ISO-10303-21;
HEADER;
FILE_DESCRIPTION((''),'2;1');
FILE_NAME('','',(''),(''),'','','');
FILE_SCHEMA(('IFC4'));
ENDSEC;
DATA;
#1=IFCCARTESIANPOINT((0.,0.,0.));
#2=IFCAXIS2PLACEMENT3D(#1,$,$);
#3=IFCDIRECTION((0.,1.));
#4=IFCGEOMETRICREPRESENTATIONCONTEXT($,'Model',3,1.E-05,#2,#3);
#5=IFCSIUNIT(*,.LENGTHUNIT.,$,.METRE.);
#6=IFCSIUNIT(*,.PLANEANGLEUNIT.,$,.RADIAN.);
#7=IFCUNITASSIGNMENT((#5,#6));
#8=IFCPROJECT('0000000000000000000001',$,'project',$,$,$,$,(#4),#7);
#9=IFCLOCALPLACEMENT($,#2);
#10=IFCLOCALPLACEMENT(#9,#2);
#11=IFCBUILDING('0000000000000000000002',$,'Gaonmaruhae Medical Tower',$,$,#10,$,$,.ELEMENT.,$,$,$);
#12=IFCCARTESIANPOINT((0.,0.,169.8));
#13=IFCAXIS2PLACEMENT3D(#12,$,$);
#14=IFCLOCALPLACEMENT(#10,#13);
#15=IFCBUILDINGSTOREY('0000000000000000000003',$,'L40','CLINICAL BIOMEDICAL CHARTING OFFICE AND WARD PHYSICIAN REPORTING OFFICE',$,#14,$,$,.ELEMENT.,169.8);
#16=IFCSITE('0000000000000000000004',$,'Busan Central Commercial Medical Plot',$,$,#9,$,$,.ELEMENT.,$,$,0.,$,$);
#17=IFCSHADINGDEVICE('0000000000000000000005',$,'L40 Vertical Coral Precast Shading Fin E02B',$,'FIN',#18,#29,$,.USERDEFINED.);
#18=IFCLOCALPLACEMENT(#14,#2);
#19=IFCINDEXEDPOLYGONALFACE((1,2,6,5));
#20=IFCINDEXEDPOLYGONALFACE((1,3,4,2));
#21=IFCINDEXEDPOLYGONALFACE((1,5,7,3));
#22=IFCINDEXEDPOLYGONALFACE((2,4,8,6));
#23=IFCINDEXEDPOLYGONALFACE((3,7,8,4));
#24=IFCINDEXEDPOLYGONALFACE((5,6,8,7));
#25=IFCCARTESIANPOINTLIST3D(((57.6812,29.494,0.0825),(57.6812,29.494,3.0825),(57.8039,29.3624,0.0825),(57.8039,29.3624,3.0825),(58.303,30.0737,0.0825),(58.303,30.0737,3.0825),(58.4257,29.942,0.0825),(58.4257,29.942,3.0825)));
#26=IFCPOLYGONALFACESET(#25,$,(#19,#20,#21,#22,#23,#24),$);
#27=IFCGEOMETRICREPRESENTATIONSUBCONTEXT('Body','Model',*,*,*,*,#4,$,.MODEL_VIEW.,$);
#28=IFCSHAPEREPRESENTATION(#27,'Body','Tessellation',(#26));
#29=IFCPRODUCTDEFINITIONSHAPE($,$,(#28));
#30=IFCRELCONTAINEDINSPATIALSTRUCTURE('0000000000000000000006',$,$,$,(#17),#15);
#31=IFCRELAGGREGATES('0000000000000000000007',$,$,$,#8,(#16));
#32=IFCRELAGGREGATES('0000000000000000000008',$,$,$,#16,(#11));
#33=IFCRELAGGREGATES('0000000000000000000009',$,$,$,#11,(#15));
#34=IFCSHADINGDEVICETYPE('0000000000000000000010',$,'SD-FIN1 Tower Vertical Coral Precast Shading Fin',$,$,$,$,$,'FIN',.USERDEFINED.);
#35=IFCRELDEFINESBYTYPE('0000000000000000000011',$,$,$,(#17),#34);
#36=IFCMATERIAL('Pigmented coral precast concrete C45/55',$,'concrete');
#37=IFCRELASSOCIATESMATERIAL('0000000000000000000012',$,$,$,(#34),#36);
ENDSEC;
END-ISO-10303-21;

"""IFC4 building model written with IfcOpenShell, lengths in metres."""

from ifc_helpers import new_model, si_unit, direction, frame, origin, origin_2d, place, context, subcontext, project, spatial, rectangle, extrude, material, type_object, element, save


model = new_model("IFC4")

# Units and contexts
model_context = context("Model", 3, precision=1e-05, world=origin(), true_north=direction((0.0, 1.0)))
body_context = subcontext(model_context, "Body", "Model", "MODEL_VIEW")
ifc_project = project(units=[si_unit("LENGTHUNIT", "METRE"), si_unit("PLANEANGLEUNIT", "RADIAN")], contexts=[model_context])

# Site, building, storey
site_placement = place(None, origin())
site = spatial("IfcSite", under=ifc_project, at=site_placement, Name="Busan Central Commercial Medical Plot", CompositionType="ELEMENT", RefElevation=0.0)
building_placement = place(site_placement, origin())
building = spatial("IfcBuilding", under=site, at=building_placement, Name="Gaonmaruhae Medical Tower", CompositionType="ELEMENT")
storey_placement = place(building_placement, frame((0.0, 0.0, 169.8)))
storey = spatial("IfcBuildingStorey", under=building, at=storey_placement, Name="L40", Description="CLINICAL BIOMEDICAL CHARTING OFFICE AND WARD PHYSICIAN REPORTING OFFICE", CompositionType="ELEMENT", Elevation=169.8)

# Shading device
ifc_material_1 = material(Name="Pigmented coral precast concrete C45/55", Category="concrete")
shading_device_type = type_object("IfcShadingDeviceType", Name="SD-FIN1 Tower Vertical Coral Precast Shading Fin", ElementType="FIN", PredefinedType="USERDEFINED", material=ifc_material_1)
for number, where, z_axis, x_axis, name in (
    (1, (58.0535, 29.718, 0.0825), (0.0, 0.0, 1.0), (0.681883, -0.731461, 0.0), "L40 Vertical Coral Precast Shading Fin E02B"),
):
    element("IfcShadingDevice", number, at=place(storey_placement, frame(where, z_axis=z_axis, x_axis=x_axis)), inside=storey, type_object=shading_device_type, Name=name, ObjectType="FIN", PredefinedType="USERDEFINED", context=body_context, shape_type="SweptSolid", body=[
        extrude(rectangle(XDim=0.1799, YDim=0.8501, at=origin_2d()), origin(), (0.0, 0.0, 1.0), 3.0),
    ])

save(model, "model.ifc")
